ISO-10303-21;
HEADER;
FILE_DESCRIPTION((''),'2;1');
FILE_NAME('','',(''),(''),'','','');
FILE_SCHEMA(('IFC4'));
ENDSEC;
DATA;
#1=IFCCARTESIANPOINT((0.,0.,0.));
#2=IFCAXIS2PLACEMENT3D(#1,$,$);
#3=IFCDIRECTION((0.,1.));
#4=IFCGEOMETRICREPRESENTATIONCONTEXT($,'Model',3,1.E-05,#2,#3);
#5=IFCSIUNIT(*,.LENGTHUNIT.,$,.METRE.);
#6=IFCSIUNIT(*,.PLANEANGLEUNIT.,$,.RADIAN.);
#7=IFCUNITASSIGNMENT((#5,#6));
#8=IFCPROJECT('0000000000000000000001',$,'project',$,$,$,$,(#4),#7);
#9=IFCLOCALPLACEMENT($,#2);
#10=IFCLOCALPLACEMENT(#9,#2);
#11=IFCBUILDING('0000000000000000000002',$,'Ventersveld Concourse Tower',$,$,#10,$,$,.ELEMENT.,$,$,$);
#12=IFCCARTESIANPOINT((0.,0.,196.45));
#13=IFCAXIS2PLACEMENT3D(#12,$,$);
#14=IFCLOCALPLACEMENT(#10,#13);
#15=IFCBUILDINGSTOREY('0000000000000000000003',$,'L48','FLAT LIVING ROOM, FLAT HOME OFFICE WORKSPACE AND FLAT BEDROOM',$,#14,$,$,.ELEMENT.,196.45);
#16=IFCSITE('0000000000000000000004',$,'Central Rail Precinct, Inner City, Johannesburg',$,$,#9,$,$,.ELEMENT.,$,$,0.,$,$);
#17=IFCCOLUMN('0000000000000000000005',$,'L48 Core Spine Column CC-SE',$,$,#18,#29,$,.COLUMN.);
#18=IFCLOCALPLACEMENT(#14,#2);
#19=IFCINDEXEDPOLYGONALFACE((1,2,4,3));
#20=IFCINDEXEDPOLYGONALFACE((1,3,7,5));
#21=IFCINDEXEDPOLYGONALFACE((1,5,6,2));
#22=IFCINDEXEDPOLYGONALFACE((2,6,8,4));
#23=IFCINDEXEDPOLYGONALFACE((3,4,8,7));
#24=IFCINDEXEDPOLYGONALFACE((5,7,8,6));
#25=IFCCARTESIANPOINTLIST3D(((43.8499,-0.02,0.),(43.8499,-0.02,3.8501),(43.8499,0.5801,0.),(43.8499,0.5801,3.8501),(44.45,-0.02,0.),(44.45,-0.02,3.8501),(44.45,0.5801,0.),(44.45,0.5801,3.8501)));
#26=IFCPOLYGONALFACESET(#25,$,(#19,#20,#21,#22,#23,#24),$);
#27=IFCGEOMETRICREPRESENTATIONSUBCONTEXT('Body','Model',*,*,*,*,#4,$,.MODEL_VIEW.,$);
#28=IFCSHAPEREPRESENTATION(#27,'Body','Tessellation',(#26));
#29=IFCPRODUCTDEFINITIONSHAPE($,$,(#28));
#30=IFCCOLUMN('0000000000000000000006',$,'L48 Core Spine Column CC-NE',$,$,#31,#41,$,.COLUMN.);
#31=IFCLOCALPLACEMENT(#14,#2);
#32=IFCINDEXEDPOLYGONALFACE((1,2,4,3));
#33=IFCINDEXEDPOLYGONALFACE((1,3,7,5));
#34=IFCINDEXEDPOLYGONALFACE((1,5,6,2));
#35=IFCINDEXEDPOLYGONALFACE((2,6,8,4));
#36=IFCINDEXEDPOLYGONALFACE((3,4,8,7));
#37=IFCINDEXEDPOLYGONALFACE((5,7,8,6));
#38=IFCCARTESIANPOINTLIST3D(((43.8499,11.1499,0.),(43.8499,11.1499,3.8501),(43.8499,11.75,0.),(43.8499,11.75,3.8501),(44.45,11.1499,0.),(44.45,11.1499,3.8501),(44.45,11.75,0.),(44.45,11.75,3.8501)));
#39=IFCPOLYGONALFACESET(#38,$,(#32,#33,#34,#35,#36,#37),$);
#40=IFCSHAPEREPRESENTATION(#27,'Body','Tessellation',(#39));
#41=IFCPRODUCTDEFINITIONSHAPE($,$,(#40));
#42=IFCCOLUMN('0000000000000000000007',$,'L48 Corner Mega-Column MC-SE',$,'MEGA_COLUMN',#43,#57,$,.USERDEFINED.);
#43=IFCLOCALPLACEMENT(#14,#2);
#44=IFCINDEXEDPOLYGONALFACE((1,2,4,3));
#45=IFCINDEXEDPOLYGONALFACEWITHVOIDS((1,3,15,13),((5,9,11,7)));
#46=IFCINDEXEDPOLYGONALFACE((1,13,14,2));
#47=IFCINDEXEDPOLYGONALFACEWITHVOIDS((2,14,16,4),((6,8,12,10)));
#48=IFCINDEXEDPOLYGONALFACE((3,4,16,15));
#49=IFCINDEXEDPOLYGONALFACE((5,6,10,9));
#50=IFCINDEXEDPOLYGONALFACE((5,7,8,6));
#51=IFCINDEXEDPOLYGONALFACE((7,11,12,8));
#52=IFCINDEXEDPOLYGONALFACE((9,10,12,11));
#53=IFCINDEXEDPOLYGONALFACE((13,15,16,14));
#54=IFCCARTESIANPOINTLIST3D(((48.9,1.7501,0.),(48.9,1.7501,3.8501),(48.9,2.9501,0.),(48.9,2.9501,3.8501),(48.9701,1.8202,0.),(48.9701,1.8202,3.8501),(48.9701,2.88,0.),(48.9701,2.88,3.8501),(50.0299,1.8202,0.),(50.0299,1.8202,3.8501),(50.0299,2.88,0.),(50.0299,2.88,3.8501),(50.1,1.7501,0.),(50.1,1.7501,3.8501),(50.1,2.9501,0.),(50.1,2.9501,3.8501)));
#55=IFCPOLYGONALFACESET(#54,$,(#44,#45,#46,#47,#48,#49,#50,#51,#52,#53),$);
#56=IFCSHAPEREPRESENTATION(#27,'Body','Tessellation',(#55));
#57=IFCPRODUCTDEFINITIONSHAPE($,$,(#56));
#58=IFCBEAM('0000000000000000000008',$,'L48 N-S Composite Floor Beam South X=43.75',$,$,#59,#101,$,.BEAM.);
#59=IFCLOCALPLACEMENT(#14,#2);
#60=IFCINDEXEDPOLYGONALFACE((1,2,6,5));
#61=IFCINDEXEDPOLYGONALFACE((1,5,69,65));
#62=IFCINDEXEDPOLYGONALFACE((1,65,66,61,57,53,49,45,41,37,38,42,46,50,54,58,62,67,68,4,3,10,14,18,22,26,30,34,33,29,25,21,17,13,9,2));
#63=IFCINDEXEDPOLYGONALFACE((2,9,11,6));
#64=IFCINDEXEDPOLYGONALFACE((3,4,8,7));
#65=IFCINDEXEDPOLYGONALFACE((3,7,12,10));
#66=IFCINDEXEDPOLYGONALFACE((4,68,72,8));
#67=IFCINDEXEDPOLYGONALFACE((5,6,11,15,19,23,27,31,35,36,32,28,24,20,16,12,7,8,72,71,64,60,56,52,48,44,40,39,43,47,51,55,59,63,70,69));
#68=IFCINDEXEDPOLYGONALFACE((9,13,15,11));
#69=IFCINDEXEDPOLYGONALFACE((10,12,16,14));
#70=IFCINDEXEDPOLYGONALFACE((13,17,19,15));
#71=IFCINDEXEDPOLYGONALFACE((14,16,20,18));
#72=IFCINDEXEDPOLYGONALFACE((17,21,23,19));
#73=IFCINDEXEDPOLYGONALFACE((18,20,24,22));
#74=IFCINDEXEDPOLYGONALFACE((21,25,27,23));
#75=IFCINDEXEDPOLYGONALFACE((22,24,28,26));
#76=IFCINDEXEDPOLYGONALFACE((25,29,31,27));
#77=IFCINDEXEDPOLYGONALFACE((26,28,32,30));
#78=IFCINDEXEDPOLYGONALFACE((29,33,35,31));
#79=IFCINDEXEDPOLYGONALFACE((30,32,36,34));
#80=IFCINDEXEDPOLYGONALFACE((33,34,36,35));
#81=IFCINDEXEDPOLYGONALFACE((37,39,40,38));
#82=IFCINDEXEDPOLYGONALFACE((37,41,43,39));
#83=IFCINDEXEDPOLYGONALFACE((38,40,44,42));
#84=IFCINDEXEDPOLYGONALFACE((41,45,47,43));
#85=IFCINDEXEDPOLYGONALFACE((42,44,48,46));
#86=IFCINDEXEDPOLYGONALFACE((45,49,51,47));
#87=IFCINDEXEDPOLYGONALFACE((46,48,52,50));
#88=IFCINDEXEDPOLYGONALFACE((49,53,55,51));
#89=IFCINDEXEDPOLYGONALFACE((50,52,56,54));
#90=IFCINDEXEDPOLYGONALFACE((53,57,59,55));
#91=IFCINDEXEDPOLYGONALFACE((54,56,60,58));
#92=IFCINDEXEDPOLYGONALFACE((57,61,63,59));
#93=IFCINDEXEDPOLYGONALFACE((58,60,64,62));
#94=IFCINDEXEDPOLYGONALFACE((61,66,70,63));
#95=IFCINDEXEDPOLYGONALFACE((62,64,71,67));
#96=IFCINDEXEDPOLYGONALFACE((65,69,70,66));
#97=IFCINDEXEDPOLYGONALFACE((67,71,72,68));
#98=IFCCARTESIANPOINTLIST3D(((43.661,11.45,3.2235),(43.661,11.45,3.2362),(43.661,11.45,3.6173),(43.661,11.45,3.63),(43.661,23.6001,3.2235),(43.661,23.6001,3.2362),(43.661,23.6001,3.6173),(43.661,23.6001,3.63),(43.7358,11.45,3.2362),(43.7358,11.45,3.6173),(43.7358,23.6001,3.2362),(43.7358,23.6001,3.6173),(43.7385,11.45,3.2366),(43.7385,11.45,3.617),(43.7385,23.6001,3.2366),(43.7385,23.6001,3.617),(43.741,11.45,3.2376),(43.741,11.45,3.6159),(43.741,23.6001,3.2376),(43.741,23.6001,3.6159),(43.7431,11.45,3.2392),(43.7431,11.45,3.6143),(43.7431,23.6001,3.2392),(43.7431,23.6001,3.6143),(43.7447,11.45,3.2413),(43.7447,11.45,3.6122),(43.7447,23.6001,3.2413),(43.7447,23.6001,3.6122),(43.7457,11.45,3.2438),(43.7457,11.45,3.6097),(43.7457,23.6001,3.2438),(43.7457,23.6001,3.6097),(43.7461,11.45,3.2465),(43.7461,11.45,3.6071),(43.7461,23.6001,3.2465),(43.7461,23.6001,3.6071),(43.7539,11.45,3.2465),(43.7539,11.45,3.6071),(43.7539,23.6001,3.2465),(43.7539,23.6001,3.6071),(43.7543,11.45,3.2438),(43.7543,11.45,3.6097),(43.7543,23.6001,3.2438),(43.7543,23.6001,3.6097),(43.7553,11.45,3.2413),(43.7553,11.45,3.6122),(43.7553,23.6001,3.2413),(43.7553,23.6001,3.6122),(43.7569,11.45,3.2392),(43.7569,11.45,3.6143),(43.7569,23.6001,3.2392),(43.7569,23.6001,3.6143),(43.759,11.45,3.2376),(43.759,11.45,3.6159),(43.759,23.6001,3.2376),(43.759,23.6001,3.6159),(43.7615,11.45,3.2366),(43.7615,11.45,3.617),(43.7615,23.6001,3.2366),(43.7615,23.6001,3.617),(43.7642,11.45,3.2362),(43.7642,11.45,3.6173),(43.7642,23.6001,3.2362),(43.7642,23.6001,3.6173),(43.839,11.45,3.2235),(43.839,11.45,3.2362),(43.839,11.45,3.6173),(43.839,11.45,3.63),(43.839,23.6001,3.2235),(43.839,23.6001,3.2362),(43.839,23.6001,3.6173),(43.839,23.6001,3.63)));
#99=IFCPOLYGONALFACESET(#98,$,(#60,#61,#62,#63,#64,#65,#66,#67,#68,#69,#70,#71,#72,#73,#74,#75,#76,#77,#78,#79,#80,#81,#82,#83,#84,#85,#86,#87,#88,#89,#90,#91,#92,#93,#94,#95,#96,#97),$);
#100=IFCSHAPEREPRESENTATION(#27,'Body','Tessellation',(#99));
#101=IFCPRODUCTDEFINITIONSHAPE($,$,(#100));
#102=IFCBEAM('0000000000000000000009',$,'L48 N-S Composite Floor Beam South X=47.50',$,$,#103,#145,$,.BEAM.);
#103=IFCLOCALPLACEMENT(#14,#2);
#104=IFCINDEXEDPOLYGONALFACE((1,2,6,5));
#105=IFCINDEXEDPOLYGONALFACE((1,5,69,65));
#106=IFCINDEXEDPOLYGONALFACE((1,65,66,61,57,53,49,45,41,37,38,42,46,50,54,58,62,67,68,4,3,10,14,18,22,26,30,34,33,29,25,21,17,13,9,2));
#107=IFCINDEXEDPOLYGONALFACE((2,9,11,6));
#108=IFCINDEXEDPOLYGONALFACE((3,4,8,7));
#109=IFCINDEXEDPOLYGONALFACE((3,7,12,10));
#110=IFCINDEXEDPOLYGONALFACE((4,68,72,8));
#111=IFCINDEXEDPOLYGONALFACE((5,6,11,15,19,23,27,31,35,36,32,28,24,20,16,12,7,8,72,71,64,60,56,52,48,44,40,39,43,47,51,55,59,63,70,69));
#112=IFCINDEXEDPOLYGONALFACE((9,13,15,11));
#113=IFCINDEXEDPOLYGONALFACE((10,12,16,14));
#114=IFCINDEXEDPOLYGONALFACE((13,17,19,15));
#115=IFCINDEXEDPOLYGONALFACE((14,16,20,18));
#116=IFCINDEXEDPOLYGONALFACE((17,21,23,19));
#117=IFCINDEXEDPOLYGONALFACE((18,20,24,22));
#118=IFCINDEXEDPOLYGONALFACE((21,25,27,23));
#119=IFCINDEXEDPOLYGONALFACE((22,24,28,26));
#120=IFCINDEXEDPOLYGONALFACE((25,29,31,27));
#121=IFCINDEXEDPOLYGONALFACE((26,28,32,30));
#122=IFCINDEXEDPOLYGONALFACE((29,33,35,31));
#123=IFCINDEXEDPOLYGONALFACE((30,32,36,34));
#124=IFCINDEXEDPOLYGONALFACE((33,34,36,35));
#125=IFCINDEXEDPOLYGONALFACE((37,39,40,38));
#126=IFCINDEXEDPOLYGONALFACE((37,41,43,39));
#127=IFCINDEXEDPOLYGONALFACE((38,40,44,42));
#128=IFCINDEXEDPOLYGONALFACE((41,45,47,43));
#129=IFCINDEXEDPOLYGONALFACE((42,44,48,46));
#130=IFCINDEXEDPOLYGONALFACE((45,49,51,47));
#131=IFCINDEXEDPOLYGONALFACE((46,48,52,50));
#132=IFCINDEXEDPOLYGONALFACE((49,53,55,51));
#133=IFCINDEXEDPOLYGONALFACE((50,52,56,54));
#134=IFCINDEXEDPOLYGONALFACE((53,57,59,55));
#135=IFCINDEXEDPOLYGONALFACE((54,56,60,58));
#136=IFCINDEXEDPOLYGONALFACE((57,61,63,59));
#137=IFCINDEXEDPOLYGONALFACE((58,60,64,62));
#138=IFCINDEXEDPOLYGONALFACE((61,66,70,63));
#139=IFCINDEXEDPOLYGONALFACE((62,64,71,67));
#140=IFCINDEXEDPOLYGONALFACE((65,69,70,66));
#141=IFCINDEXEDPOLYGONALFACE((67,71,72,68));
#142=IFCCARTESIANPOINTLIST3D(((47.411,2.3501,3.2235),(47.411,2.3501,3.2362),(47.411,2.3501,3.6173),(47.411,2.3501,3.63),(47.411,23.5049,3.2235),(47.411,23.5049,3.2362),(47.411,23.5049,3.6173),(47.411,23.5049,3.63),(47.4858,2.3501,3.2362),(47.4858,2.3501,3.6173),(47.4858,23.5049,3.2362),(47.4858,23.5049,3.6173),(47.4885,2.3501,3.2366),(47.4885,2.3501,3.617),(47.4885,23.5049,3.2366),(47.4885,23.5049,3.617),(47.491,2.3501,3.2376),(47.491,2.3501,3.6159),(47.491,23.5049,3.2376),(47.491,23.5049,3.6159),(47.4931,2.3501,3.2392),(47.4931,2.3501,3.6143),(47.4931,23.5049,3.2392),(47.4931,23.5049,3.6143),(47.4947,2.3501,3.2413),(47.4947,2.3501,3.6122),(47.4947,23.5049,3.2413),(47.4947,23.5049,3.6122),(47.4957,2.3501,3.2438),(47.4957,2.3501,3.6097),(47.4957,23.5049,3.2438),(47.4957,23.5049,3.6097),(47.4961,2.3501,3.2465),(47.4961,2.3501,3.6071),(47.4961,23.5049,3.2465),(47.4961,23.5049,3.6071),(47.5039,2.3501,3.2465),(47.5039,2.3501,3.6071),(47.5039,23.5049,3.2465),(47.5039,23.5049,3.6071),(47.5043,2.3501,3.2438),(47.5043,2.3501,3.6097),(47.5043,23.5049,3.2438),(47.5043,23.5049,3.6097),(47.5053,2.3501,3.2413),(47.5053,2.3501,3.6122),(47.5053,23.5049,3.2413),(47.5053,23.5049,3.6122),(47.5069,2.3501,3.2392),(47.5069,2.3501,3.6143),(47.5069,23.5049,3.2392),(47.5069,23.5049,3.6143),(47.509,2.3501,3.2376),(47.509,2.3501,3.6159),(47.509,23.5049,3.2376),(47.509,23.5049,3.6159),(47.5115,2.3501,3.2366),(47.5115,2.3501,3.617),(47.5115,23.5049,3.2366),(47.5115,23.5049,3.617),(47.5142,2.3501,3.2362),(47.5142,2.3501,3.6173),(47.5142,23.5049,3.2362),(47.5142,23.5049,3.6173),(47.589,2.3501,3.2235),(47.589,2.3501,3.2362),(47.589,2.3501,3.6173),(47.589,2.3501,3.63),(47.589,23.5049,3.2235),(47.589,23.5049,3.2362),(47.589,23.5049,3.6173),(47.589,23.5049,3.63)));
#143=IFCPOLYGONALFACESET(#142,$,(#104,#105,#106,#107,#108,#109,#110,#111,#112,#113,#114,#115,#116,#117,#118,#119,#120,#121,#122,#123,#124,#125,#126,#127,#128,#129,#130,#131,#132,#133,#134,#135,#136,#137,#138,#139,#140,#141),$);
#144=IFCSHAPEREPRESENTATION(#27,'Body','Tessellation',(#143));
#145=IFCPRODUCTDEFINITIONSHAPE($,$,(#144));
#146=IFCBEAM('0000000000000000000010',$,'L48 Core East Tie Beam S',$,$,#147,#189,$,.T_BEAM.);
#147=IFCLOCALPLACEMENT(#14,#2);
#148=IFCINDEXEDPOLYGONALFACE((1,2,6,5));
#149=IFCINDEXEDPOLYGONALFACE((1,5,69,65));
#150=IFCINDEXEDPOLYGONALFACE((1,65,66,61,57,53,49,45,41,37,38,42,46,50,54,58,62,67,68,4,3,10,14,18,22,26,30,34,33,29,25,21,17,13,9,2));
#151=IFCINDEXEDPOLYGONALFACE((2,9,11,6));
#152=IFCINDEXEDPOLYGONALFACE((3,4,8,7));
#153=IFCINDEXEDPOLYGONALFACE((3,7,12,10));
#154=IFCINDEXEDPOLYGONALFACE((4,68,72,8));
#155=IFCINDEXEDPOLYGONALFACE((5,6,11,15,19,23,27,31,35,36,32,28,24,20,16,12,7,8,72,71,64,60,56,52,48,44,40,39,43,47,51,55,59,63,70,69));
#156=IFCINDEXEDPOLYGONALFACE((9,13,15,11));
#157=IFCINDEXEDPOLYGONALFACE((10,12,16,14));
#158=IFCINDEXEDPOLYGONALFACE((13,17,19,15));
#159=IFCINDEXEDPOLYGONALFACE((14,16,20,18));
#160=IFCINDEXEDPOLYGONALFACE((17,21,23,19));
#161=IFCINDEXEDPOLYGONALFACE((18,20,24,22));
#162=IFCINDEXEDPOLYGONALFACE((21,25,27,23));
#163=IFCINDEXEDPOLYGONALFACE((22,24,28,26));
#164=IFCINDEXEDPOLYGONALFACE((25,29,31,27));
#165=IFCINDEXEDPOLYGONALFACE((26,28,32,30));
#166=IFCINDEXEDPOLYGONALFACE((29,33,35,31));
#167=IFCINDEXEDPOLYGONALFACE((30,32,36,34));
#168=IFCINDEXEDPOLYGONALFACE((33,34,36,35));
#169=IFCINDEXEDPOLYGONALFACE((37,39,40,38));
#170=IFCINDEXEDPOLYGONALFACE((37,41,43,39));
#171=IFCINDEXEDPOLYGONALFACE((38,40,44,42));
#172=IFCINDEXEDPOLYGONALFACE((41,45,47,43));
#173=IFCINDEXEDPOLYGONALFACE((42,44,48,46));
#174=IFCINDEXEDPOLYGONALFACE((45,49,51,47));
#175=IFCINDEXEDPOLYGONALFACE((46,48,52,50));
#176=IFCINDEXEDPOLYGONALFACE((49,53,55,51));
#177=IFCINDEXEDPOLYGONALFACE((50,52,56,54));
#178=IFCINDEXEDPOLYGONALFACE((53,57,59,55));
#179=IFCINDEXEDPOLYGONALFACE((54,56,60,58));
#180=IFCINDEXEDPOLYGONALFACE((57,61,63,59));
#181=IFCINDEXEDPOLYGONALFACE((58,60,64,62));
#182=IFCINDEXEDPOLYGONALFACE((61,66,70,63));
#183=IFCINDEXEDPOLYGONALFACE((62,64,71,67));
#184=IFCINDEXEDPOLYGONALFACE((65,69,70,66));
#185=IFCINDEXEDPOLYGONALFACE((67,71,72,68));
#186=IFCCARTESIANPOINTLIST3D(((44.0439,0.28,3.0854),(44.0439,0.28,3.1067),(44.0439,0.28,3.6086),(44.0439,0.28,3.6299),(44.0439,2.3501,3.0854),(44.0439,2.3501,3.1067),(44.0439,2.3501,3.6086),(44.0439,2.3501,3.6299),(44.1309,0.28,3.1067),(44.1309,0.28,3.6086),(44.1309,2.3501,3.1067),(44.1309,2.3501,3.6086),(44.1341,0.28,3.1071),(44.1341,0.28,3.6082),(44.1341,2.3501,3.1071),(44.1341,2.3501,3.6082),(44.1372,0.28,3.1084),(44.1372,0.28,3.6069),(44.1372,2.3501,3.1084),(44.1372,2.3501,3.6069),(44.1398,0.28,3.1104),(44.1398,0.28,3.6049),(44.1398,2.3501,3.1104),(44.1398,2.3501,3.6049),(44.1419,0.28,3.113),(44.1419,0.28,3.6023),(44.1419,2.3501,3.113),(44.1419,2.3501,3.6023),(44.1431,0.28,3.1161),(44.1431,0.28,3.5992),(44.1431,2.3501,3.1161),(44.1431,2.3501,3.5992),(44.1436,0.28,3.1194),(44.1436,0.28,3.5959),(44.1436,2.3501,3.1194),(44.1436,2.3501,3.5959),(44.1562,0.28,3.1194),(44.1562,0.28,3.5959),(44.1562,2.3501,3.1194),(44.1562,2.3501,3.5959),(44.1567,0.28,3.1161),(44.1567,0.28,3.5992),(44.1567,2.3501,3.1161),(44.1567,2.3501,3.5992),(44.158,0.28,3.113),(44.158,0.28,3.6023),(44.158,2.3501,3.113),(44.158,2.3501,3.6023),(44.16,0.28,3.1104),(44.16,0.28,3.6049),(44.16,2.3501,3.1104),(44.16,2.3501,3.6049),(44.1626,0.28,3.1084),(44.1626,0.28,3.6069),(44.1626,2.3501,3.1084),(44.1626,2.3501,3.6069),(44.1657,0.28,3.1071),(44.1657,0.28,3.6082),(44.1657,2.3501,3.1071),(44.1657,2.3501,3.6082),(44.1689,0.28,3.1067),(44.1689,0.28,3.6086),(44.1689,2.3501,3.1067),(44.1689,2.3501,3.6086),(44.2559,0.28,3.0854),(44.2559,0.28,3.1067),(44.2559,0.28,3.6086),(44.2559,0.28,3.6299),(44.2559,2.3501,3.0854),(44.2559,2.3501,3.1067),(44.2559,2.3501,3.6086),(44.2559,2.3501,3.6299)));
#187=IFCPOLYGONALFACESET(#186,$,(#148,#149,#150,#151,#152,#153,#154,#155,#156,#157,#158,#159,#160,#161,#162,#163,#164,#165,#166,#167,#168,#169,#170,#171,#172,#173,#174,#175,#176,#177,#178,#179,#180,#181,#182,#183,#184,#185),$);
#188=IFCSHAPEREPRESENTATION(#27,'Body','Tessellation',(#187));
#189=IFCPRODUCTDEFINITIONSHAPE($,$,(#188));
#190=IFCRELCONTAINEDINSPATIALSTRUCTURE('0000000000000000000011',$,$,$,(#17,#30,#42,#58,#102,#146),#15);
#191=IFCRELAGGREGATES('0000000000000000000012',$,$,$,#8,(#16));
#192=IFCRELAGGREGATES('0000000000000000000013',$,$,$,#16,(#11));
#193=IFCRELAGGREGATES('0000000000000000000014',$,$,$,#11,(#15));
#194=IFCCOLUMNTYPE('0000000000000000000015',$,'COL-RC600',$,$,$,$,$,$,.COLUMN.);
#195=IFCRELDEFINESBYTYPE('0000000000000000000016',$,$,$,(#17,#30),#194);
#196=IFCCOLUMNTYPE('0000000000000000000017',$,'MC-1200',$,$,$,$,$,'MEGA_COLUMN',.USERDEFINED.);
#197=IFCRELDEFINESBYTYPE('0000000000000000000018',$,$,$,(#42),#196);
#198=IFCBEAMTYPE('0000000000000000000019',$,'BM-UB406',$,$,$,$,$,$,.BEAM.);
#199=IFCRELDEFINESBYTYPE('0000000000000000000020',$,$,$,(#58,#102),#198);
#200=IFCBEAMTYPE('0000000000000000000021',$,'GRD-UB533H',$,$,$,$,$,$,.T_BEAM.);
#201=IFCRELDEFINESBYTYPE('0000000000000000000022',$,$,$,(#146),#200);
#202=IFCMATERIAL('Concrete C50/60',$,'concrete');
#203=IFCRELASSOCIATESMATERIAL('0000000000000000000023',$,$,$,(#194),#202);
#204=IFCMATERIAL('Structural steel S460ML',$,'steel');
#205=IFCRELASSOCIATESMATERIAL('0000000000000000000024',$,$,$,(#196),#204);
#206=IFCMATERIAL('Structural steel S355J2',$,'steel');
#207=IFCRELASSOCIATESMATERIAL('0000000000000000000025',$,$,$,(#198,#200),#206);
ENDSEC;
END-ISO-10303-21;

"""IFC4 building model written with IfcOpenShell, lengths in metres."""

from ifc_helpers import new_model, si_unit, direction, frame, origin, origin_2d, place, context, subcontext, project, spatial, rectangle, hollow_rectangle, i_section, extrude, material, material_profile, profile_set, type_object, element, save


model = new_model("IFC4")

# Units and contexts
model_context = context("Model", 3, precision=1e-05, world=origin(), true_north=direction((0.0, 1.0)))
body_context = subcontext(model_context, "Body", "Model", "MODEL_VIEW")
ifc_project = project(units=[si_unit("LENGTHUNIT", "METRE"), si_unit("PLANEANGLEUNIT", "RADIAN")], contexts=[model_context])

# Site, building, storey
site_placement = place(None, origin())
site = spatial("IfcSite", under=ifc_project, at=site_placement, Name="Central Rail Precinct, Inner City, Johannesburg", CompositionType="ELEMENT", RefElevation=0.0)
building_placement = place(site_placement, origin())
building = spatial("IfcBuilding", under=site, at=building_placement, Name="Ventersveld Concourse Tower", CompositionType="ELEMENT")
storey_placement = place(building_placement, frame((0.0, 0.0, 196.45)))
storey = spatial("IfcBuildingStorey", under=building, at=storey_placement, Name="L48", Description="FLAT LIVING ROOM, FLAT HOME OFFICE WORKSPACE AND FLAT BEDROOM", CompositionType="ELEMENT", Elevation=196.45)

# Columns
ifc_material_1 = material(Name="Concrete C50/60", Category="concrete")
ifc_material_profile_1 = material_profile(ifc_material_1, rectangle(XDim=0.6001, YDim=0.6001, at=origin_2d()), Name="RC 600x600")
ifc_profile_set_1 = profile_set([ifc_material_profile_1], Name="Concrete C50/60")
column_type_1 = type_object("IfcColumnType", Name="COL-RC600", PredefinedType="COLUMN", material=ifc_profile_set_1)
for number, where, z_axis, x_axis, name in (
    (1, (44.1499, 0.28, 0.0), (0.0, 0.0, 1.0), (1.0, 0.0, 0.0), "L48 Core Spine Column CC-SE"),
    (2, (44.1499, 11.45, 0.0), (0.0, 0.0, 1.0), (1.0, 0.0, 0.0), "L48 Core Spine Column CC-NE"),
):
    element("IfcColumn", number, at=place(storey_placement, frame(where, z_axis=z_axis, x_axis=x_axis)), inside=storey, type_object=column_type_1, Name=name, PredefinedType="COLUMN", context=body_context, shape_type="SweptSolid", body=[
        extrude(rectangle(XDim=0.6001, YDim=0.6001, at=origin_2d()), origin(), (0.0, 0.0, 1.0), 3.8501),
    ])
ifc_material_2 = material(Name="Structural steel S460ML", Category="steel")
ifc_material_profile_2 = material_profile(ifc_material_2, hollow_rectangle(XDim=1.2, YDim=1.2, WallThickness=0.0701, at=origin_2d()), Name="BOX 1200x1200x70")
ifc_profile_set_2 = profile_set([ifc_material_profile_2], Name="Structural steel S460ML")
column_type_2 = type_object("IfcColumnType", Name="MC-1200", ElementType="MEGA_COLUMN", PredefinedType="USERDEFINED", material=ifc_profile_set_2)
column_placement = place(storey_placement, frame((49.5, 2.3501, 0.0), z_axis=(0.0, 0.0, 1.0), x_axis=(1.0, 0.0, 0.0)))
element("IfcColumn", 3, at=column_placement, inside=storey, type_object=column_type_2, Name="L48 Corner Mega-Column MC-SE", ObjectType="MEGA_COLUMN", PredefinedType="USERDEFINED", context=body_context, shape_type="SweptSolid", body=[
    extrude(hollow_rectangle(XDim=1.2, YDim=1.2, WallThickness=0.0701, at=origin_2d()), origin(), (0.0, 0.0, 1.0), 3.8501),
])

# Beams
ifc_material_3 = material(Name="Structural steel S355J2", Category="steel")
ifc_material_profile_3 = material_profile(ifc_material_3, i_section(OverallWidth=0.178, OverallDepth=0.4065, WebThickness=0.0078, FlangeThickness=0.0127, FilletRadius=0.0103, at=origin_2d()), Name="UB 406x178x60")
ifc_profile_set_3 = profile_set([ifc_material_profile_3], Name="Structural steel S355J2")
beam_type_1 = type_object("IfcBeamType", Name="BM-UB406", PredefinedType="BEAM", material=ifc_profile_set_3)
beam_1_placement = place(storey_placement, frame((43.75, 11.45, 3.4268), z_axis=(0.0, 1.0, 0.0), x_axis=(-1.0, 0.0, 0.0)))
element("IfcBeam", 4, at=beam_1_placement, inside=storey, type_object=beam_type_1, Name="L48 N-S Composite Floor Beam South X=43.75", PredefinedType="BEAM", context=body_context, shape_type="SweptSolid", body=[
    extrude(i_section(OverallWidth=0.178, OverallDepth=0.4065, WebThickness=0.0078, FlangeThickness=0.0127, FilletRadius=0.0103, at=origin_2d()), origin(), (0.0, 0.0, 1.0), 12.1501),
])
beam_2_placement = place(storey_placement, frame((47.5, 2.3501, 3.4268), z_axis=(0.0, 1.0, 0.0), x_axis=(-1.0, 0.0, 0.0)))
element("IfcBeam", 5, at=beam_2_placement, inside=storey, type_object=beam_type_1, Name="L48 N-S Composite Floor Beam South X=47.50", PredefinedType="BEAM", context=body_context, shape_type="SweptSolid", body=[
    extrude(i_section(OverallWidth=0.178, OverallDepth=0.4065, WebThickness=0.0078, FlangeThickness=0.0127, FilletRadius=0.0103, at=origin_2d()), origin(), (0.0, 0.0, 1.0), 21.1548),
])
ifc_material_profile_4 = material_profile(ifc_material_3, i_section(OverallWidth=0.2119, OverallDepth=0.5444, WebThickness=0.0127, FlangeThickness=0.0212, FilletRadius=0.0127, at=origin_2d()), Name="UB 533x210x122")
ifc_profile_set_4 = profile_set([ifc_material_profile_4], Name="Structural steel S355J2")
beam_type_2 = type_object("IfcBeamType", Name="GRD-UB533H", PredefinedType="T_BEAM", material=ifc_profile_set_4)
beam_3_placement = place(storey_placement, frame((44.1499, 0.28, 3.3577), z_axis=(0.0, 1.0, 0.0), x_axis=(-1.0, 0.0, 0.0)))
element("IfcBeam", 6, at=beam_3_placement, inside=storey, type_object=beam_type_2, Name="L48 Core East Tie Beam S", PredefinedType="T_BEAM", context=body_context, shape_type="SweptSolid", body=[
    extrude(i_section(OverallWidth=0.2119, OverallDepth=0.5444, WebThickness=0.0127, FlangeThickness=0.0212, FilletRadius=0.0127, at=origin_2d()), origin(), (0.0, 0.0, 1.0), 2.0701),
])

save(model, "model.ifc")
